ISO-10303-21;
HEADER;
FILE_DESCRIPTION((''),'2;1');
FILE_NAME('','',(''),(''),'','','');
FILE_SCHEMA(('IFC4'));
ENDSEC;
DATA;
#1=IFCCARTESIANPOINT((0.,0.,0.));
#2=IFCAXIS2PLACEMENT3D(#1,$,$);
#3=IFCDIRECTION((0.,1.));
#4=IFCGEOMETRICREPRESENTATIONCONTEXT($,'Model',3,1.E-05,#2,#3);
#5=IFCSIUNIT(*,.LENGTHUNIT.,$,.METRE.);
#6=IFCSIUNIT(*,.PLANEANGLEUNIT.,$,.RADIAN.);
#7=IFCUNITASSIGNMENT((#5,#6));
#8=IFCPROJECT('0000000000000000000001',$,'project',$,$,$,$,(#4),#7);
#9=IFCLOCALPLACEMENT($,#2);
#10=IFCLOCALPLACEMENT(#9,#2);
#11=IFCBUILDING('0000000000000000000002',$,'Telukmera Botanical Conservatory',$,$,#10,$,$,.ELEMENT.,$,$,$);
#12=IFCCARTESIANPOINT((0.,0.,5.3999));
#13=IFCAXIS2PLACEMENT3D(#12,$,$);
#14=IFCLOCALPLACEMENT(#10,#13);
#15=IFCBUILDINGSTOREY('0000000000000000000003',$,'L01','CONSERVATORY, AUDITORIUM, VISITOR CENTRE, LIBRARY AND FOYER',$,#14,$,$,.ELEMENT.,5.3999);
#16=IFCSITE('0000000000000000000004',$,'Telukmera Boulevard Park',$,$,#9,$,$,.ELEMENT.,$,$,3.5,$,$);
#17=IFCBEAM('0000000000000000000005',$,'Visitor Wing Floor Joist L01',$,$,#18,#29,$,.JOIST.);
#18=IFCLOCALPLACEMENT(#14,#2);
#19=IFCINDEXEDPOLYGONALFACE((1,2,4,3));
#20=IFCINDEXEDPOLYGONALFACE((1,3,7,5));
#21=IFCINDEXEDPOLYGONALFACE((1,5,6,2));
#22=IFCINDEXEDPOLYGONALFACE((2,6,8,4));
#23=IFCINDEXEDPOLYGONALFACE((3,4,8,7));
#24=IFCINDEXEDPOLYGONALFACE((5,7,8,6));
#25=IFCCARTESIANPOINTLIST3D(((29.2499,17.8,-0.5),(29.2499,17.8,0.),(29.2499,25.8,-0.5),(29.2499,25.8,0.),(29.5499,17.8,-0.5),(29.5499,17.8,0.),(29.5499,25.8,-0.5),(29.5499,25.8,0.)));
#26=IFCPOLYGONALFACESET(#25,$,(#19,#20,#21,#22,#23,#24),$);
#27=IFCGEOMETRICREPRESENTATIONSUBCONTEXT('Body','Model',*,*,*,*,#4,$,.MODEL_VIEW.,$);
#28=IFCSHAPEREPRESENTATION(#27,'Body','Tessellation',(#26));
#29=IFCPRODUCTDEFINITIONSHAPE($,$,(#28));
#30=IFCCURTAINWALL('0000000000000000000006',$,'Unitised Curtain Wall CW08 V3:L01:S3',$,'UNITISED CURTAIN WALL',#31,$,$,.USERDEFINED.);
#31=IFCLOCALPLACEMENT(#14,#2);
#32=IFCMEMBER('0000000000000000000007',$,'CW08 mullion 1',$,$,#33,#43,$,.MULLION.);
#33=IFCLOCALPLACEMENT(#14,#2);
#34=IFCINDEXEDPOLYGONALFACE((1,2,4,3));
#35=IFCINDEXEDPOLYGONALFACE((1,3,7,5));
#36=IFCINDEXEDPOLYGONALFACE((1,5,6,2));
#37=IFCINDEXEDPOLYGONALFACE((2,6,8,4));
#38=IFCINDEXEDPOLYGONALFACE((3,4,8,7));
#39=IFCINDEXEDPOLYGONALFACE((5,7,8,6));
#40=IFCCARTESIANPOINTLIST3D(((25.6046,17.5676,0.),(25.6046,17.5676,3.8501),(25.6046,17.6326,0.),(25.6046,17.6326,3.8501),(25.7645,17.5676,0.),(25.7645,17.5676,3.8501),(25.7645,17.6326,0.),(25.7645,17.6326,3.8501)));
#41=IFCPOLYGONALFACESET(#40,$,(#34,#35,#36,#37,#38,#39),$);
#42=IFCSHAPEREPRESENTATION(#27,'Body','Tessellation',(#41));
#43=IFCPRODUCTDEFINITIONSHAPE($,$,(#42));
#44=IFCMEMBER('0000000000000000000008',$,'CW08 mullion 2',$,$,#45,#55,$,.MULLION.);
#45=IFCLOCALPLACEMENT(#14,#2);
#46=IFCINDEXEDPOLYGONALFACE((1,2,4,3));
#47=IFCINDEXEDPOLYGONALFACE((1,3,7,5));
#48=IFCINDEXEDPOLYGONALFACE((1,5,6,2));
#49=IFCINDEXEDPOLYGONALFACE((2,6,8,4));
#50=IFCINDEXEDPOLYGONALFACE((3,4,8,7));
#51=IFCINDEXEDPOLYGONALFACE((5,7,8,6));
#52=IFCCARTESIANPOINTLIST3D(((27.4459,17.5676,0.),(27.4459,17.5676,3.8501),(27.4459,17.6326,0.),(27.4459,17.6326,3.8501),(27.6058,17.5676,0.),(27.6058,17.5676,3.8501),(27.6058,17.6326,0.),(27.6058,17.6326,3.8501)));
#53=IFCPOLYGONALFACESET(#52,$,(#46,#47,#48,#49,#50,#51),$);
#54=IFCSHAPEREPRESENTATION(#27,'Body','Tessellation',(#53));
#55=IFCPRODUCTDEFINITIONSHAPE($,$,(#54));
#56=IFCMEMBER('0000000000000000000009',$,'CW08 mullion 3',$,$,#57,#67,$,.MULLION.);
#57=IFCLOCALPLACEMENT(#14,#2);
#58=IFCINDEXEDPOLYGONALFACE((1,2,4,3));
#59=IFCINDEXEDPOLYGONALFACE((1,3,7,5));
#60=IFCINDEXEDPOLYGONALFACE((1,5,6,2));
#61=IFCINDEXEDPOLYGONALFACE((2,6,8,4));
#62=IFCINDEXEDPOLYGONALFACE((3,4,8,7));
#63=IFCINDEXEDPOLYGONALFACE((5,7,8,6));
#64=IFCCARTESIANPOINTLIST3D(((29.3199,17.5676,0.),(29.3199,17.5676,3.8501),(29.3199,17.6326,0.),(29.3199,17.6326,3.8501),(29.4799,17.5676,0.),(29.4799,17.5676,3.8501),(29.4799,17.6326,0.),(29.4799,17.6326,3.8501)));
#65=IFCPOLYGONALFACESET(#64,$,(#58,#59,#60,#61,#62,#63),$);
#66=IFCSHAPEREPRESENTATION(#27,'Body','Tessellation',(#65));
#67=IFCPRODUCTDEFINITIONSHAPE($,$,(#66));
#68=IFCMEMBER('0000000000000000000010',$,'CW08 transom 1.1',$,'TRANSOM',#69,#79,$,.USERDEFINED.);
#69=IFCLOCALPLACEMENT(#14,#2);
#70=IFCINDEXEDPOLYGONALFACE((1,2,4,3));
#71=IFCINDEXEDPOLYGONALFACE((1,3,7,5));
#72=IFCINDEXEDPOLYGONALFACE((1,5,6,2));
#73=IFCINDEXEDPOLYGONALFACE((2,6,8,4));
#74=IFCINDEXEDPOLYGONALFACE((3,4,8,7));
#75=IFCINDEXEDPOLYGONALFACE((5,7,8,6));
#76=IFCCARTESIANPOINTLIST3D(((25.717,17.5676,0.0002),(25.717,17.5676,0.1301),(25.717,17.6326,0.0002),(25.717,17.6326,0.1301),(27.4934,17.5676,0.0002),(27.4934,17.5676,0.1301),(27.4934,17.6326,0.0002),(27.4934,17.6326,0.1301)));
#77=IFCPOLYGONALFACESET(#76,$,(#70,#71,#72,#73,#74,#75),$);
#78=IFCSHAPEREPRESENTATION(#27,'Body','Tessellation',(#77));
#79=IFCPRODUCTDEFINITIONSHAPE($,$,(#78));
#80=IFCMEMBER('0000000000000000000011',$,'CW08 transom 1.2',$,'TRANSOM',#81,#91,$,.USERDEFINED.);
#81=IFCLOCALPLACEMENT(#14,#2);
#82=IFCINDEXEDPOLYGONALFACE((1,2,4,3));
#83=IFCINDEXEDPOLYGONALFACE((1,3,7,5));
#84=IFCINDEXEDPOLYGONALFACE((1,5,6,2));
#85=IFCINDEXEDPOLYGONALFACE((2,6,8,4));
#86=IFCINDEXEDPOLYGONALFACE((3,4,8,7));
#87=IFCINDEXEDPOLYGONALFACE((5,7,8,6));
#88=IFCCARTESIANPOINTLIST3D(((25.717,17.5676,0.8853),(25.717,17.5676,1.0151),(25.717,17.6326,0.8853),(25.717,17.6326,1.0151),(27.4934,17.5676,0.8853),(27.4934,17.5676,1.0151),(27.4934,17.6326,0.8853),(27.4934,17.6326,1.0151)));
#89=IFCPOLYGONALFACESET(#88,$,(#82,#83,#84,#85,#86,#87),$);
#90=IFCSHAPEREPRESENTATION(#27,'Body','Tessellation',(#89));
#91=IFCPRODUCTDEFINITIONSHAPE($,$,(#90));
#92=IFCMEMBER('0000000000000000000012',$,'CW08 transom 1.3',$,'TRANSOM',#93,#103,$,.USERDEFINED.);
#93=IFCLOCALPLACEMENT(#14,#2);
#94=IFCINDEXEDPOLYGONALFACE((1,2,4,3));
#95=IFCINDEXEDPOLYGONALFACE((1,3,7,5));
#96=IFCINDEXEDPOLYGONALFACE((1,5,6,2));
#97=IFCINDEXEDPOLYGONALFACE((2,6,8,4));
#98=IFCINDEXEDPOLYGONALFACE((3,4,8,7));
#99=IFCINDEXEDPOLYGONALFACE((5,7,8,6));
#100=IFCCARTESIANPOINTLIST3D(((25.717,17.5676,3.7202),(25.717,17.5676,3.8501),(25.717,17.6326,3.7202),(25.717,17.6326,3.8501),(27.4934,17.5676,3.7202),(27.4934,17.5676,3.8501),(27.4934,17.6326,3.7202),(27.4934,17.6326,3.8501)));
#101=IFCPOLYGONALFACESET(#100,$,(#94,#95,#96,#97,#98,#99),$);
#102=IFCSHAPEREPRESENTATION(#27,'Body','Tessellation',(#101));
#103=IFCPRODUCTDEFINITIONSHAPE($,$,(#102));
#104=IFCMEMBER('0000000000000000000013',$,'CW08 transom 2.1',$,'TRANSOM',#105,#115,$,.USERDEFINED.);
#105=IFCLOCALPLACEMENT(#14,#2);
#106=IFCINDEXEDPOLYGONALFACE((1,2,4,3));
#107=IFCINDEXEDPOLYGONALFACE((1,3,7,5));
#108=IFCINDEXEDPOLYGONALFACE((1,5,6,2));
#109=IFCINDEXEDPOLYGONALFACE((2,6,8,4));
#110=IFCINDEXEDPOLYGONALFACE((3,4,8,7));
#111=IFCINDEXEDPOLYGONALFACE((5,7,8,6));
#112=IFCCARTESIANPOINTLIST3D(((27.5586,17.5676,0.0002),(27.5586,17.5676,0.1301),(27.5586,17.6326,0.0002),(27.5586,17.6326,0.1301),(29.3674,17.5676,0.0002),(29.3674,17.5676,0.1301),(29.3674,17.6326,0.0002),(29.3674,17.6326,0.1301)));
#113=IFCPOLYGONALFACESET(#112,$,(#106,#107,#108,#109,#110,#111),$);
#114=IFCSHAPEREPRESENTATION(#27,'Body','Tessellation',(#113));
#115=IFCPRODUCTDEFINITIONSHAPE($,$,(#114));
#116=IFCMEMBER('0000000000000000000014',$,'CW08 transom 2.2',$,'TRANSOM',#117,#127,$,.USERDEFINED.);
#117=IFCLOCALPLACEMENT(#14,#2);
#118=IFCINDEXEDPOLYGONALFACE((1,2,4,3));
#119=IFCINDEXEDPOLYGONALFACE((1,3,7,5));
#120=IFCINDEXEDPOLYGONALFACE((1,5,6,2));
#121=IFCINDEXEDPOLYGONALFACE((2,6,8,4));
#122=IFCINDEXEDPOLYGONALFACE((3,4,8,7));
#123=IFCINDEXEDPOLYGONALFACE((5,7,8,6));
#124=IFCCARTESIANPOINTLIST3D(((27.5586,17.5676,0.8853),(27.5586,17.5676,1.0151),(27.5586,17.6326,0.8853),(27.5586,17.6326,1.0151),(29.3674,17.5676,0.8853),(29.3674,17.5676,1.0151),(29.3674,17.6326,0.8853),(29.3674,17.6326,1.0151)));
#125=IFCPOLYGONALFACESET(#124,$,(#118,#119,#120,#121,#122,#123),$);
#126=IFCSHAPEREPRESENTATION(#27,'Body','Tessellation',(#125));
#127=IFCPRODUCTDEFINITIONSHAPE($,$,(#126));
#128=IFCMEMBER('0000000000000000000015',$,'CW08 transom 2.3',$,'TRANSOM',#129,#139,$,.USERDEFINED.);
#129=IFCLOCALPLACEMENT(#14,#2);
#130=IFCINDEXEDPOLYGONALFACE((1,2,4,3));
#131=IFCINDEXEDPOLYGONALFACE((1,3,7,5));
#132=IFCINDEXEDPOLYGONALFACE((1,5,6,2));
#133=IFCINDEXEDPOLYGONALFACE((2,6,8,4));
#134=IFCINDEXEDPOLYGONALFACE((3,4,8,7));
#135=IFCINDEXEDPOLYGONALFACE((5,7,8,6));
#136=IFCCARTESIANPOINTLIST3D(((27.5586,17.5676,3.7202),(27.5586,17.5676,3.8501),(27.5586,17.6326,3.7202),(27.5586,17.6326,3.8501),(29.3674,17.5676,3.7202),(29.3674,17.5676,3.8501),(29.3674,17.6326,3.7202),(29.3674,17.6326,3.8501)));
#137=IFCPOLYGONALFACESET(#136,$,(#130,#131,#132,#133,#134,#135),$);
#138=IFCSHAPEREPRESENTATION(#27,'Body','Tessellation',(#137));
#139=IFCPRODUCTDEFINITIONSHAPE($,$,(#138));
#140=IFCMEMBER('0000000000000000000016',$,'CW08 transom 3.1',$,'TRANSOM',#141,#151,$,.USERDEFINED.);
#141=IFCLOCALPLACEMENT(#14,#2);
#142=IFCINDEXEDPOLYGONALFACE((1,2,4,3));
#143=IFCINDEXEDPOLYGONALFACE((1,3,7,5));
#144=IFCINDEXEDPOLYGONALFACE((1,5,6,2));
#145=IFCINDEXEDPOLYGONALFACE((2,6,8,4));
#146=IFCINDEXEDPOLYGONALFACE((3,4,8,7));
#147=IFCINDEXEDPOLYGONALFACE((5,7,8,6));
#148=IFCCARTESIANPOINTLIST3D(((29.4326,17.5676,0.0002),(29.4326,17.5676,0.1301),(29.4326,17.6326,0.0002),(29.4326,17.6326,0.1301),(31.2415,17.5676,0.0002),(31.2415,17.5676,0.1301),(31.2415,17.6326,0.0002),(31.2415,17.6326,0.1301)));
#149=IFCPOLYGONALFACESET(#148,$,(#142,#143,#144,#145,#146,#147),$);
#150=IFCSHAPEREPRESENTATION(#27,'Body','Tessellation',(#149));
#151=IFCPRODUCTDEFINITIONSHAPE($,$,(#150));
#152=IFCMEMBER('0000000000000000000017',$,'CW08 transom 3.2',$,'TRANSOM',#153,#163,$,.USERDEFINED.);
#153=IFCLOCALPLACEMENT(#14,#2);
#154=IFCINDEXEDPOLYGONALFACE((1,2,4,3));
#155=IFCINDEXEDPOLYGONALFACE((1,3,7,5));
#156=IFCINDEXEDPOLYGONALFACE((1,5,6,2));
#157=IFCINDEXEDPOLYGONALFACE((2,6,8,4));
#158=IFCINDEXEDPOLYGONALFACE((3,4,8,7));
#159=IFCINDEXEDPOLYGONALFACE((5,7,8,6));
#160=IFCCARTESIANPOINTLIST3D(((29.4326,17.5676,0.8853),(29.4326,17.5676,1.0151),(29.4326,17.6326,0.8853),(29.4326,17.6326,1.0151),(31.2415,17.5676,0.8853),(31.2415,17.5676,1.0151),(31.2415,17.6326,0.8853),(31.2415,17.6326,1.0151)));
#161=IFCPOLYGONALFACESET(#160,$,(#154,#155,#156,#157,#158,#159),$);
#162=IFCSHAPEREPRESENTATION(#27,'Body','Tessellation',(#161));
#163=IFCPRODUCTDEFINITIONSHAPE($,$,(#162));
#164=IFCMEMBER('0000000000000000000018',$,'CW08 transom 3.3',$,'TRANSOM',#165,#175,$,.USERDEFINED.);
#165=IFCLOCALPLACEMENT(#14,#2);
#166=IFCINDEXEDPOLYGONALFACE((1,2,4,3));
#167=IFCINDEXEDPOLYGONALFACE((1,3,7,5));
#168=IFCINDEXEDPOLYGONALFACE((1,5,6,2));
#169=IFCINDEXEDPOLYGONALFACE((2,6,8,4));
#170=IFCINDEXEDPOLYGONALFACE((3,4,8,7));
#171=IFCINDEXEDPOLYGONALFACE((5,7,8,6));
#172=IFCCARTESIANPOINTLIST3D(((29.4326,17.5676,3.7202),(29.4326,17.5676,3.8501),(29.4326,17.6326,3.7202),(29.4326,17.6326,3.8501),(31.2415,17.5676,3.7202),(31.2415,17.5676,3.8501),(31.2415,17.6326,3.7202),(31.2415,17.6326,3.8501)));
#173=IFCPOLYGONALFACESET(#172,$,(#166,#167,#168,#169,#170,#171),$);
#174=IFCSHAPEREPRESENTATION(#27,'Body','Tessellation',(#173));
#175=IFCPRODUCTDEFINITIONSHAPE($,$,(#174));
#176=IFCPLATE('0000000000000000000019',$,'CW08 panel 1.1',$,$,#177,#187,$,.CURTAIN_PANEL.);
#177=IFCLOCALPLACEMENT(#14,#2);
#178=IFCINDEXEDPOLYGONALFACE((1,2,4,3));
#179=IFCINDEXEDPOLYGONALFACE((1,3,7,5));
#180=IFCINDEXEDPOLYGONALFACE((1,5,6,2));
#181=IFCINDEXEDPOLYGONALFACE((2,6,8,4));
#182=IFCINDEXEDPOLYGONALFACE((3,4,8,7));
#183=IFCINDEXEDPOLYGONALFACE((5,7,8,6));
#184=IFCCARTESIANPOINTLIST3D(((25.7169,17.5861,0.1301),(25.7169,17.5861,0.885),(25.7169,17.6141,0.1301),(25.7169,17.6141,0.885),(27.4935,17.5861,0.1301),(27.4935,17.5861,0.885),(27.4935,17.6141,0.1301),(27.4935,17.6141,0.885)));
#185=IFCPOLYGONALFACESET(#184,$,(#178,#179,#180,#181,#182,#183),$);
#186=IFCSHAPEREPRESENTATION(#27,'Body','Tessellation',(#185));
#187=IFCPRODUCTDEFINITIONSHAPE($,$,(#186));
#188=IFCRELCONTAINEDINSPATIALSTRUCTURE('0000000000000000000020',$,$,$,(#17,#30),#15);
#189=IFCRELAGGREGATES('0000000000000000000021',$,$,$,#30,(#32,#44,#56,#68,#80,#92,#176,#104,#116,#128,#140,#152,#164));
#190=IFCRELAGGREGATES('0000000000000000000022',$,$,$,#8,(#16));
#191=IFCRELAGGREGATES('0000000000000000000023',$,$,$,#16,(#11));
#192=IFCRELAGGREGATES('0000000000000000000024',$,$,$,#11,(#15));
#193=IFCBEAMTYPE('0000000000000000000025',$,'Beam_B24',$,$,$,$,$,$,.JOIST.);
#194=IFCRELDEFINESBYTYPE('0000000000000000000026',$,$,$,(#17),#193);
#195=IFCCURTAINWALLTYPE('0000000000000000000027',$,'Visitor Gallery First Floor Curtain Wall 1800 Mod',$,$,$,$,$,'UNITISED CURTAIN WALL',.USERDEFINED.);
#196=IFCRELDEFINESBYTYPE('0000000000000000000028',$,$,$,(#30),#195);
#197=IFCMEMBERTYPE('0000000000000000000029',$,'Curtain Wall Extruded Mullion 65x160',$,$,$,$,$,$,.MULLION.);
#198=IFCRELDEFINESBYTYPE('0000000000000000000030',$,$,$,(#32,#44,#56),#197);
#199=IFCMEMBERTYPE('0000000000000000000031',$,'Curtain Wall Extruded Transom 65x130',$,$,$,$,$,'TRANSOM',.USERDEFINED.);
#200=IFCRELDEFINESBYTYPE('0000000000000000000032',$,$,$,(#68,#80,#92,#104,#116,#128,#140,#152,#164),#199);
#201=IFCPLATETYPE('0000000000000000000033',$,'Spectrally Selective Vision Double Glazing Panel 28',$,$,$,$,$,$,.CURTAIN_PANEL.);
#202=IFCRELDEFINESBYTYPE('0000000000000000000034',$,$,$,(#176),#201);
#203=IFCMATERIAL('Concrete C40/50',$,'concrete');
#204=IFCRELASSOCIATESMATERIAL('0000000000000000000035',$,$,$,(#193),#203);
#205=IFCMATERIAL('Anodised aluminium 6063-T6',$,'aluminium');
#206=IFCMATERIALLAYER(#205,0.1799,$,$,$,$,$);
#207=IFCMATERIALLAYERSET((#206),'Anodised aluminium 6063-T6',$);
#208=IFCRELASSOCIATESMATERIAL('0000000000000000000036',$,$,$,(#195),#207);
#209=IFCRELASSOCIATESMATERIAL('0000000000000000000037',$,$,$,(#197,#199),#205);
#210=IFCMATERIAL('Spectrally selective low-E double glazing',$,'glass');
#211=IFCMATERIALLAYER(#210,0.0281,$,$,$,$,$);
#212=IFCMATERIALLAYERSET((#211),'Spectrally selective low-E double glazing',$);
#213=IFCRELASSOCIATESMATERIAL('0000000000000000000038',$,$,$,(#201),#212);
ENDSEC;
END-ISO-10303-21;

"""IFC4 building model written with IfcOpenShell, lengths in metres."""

from ifc_helpers import new_model, si_unit, direction, frame, origin, origin_2d, place, context, subcontext, project, spatial, rectangle, extrude, material, layer, layer_set, material_profile, profile_set, type_object, element, aggregate, save


model = new_model("IFC4")

# Units and contexts
model_context = context("Model", 3, precision=1e-05, world=origin(), true_north=direction((0.0, 1.0)))
body_context = subcontext(model_context, "Body", "Model", "MODEL_VIEW")
ifc_project = project(units=[si_unit("LENGTHUNIT", "METRE"), si_unit("PLANEANGLEUNIT", "RADIAN")], contexts=[model_context])

# Site, building, storey
site_placement = place(None, origin())
site = spatial("IfcSite", under=ifc_project, at=site_placement, Name="Telukmera Boulevard Park", CompositionType="ELEMENT", RefElevation=3.5)
building_placement = place(site_placement, origin())
building = spatial("IfcBuilding", under=site, at=building_placement, Name="Telukmera Botanical Conservatory", CompositionType="ELEMENT")
storey_placement = place(building_placement, frame((0.0, 0.0, 5.3999)))
storey = spatial("IfcBuildingStorey", under=building, at=storey_placement, Name="L01", Description="CONSERVATORY, AUDITORIUM, VISITOR CENTRE, LIBRARY AND FOYER", CompositionType="ELEMENT", Elevation=5.3999)

# Beam
ifc_material_1 = material(Name="Concrete C40/50", Category="concrete")
ifc_material_profile_1 = material_profile(ifc_material_1, rectangle(XDim=0.3, YDim=0.5, at=origin_2d()), Name="RC 300x500")
ifc_profile_set_1 = profile_set([ifc_material_profile_1], Name="Concrete C40/50")
beam_type = type_object("IfcBeamType", Name="Beam_B24", PredefinedType="JOIST", material=ifc_profile_set_1)
beam_placement = place(storey_placement, frame((29.3999, 17.8, -0.25), z_axis=(0.0, 1.0, 0.0), x_axis=(-1.0, 0.0, 0.0)))
element("IfcBeam", 1, at=beam_placement, inside=storey, type_object=beam_type, Name="Visitor Wing Floor Joist L01", PredefinedType="JOIST", context=body_context, shape_type="SweptSolid", body=[
    extrude(rectangle(XDim=0.3, YDim=0.5, at=origin_2d()), origin(), (0.0, 0.0, 1.0), 8.0),
])

# Curtain wall, members, plate
ifc_material_2 = material(Name="Anodised aluminium 6063-T6", Category="aluminium")
ifc_layer_1 = layer(ifc_material_2, 0.1799)
ifc_layer_set_1 = layer_set([ifc_layer_1], Name="Anodised aluminium 6063-T6")
curtain_wall_type = type_object("IfcCurtainWallType", Name="Visitor Gallery First Floor Curtain Wall 1800 Mod", ElementType="UNITISED CURTAIN WALL", PredefinedType="USERDEFINED", material=ifc_layer_set_1)
curtain_wall_placement = place(storey_placement, origin())
curtain_wall = element("IfcCurtainWall", 2, at=curtain_wall_placement, inside=storey, type_object=curtain_wall_type, Name="Unitised Curtain Wall CW08 V3:L01:S3", ObjectType="UNITISED CURTAIN WALL", PredefinedType="USERDEFINED")
ifc_material_profile_2 = material_profile(ifc_material_2, rectangle(XDim=0.0649, YDim=0.1599, at=origin_2d()), Name="ALU MULL 65x160")
ifc_profile_set_2 = profile_set([ifc_material_profile_2], Name="Anodised aluminium 6063-T6")
member_type_1 = type_object("IfcMemberType", Name="Curtain Wall Extruded Mullion 65x160", PredefinedType="MULLION", material=ifc_profile_set_2)
member_1_placement = place(storey_placement, frame((25.6846, 17.6001, 0.0), z_axis=(0.0, 0.0, 1.0), x_axis=(0.0, 1.0, 0.0)))
member_1 = element("IfcMember", 3, at=member_1_placement, type_object=member_type_1, Name="CW08 mullion 1", PredefinedType="MULLION", context=body_context, shape_type="SweptSolid", body=[
    extrude(rectangle(XDim=0.0649, YDim=0.1599, at=origin_2d()), origin(), (0.0, 0.0, 1.0), 3.8501),
])
member_2_placement = place(storey_placement, frame((27.5259, 17.6001, 0.0), z_axis=(0.0, 0.0, 1.0), x_axis=(0.0, 1.0, 0.0)))
member_2 = element("IfcMember", 4, at=member_2_placement, type_object=member_type_1, Name="CW08 mullion 2", PredefinedType="MULLION", context=body_context, shape_type="SweptSolid", body=[
    extrude(rectangle(XDim=0.0649, YDim=0.1599, at=origin_2d()), origin(), (0.0, 0.0, 1.0), 3.8501),
])
member_3_placement = place(storey_placement, frame((29.3999, 17.6001, 0.0), z_axis=(0.0, 0.0, 1.0), x_axis=(0.0, 1.0, 0.0)))
member_3 = element("IfcMember", 5, at=member_3_placement, type_object=member_type_1, Name="CW08 mullion 3", PredefinedType="MULLION", context=body_context, shape_type="SweptSolid", body=[
    extrude(rectangle(XDim=0.0649, YDim=0.1599, at=origin_2d()), origin(), (0.0, 0.0, 1.0), 3.8501),
])
ifc_material_profile_3 = material_profile(ifc_material_2, rectangle(XDim=0.0649, YDim=0.1299, at=origin_2d()), Name="ALU TRAN 65x130")
ifc_profile_set_3 = profile_set([ifc_material_profile_3], Name="Anodised aluminium 6063-T6")
member_type_2 = type_object("IfcMemberType", Name="Curtain Wall Extruded Transom 65x130", ElementType="TRANSOM", PredefinedType="USERDEFINED", material=ifc_profile_set_3)
member_4_placement = place(storey_placement, frame((25.717, 17.6001, 0.0652), z_axis=(1.0, 0.0, 0.0), x_axis=(0.0, 1.0, 0.0)))
member_4 = element("IfcMember", 6, at=member_4_placement, type_object=member_type_2, Name="CW08 transom 1.1", ObjectType="TRANSOM", PredefinedType="USERDEFINED", context=body_context, shape_type="SweptSolid", body=[
    extrude(rectangle(XDim=0.0649, YDim=0.1299, at=origin_2d()), origin(), (0.0, 0.0, 1.0), 1.7764),
])
member_5_placement = place(storey_placement, frame((25.717, 17.6001, 0.9502), z_axis=(1.0, 0.0, 0.0), x_axis=(0.0, 1.0, 0.0)))
member_5 = element("IfcMember", 7, at=member_5_placement, type_object=member_type_2, Name="CW08 transom 1.2", ObjectType="TRANSOM", PredefinedType="USERDEFINED", context=body_context, shape_type="SweptSolid", body=[
    extrude(rectangle(XDim=0.0649, YDim=0.1299, at=origin_2d()), origin(), (0.0, 0.0, 1.0), 1.7764),
])
member_6_placement = place(storey_placement, frame((25.717, 17.6001, 3.7852), z_axis=(1.0, 0.0, 0.0), x_axis=(0.0, 1.0, 0.0)))
member_6 = element("IfcMember", 8, at=member_6_placement, type_object=member_type_2, Name="CW08 transom 1.3", ObjectType="TRANSOM", PredefinedType="USERDEFINED", context=body_context, shape_type="SweptSolid", body=[
    extrude(rectangle(XDim=0.0649, YDim=0.1299, at=origin_2d()), origin(), (0.0, 0.0, 1.0), 1.7764),
])
member_7_placement = place(storey_placement, frame((27.5586, 17.6001, 0.0652), z_axis=(1.0, 0.0, 0.0), x_axis=(0.0, 1.0, 0.0)))
member_7 = element("IfcMember", 9, at=member_7_placement, type_object=member_type_2, Name="CW08 transom 2.1", ObjectType="TRANSOM", PredefinedType="USERDEFINED", context=body_context, shape_type="SweptSolid", body=[
    extrude(rectangle(XDim=0.0649, YDim=0.1299, at=origin_2d()), origin(), (0.0, 0.0, 1.0), 1.8088),
])
member_8_placement = place(storey_placement, frame((27.5586, 17.6001, 0.9502), z_axis=(1.0, 0.0, 0.0), x_axis=(0.0, 1.0, 0.0)))
member_8 = element("IfcMember", 10, at=member_8_placement, type_object=member_type_2, Name="CW08 transom 2.2", ObjectType="TRANSOM", PredefinedType="USERDEFINED", context=body_context, shape_type="SweptSolid", body=[
    extrude(rectangle(XDim=0.0649, YDim=0.1299, at=origin_2d()), origin(), (0.0, 0.0, 1.0), 1.8088),
])
member_9_placement = place(storey_placement, frame((27.5586, 17.6001, 3.7852), z_axis=(1.0, 0.0, 0.0), x_axis=(0.0, 1.0, 0.0)))
member_9 = element("IfcMember", 11, at=member_9_placement, type_object=member_type_2, Name="CW08 transom 2.3", ObjectType="TRANSOM", PredefinedType="USERDEFINED", context=body_context, shape_type="SweptSolid", body=[
    extrude(rectangle(XDim=0.0649, YDim=0.1299, at=origin_2d()), origin(), (0.0, 0.0, 1.0), 1.8088),
])
member_10_placement = place(storey_placement, frame((29.4326, 17.6001, 0.0652), z_axis=(1.0, 0.0, 0.0), x_axis=(0.0, 1.0, 0.0)))
member_10 = element("IfcMember", 12, at=member_10_placement, type_object=member_type_2, Name="CW08 transom 3.1", ObjectType="TRANSOM", PredefinedType="USERDEFINED", context=body_context, shape_type="SweptSolid", body=[
    extrude(rectangle(XDim=0.0649, YDim=0.1299, at=origin_2d()), origin(), (0.0, 0.0, 1.0), 1.8088),
])
member_11_placement = place(storey_placement, frame((29.4326, 17.6001, 0.9502), z_axis=(1.0, 0.0, 0.0), x_axis=(0.0, 1.0, 0.0)))
member_11 = element("IfcMember", 13, at=member_11_placement, type_object=member_type_2, Name="CW08 transom 3.2", ObjectType="TRANSOM", PredefinedType="USERDEFINED", context=body_context, shape_type="SweptSolid", body=[
    extrude(rectangle(XDim=0.0649, YDim=0.1299, at=origin_2d()), origin(), (0.0, 0.0, 1.0), 1.8088),
])
member_12_placement = place(storey_placement, frame((29.4326, 17.6001, 3.7852), z_axis=(1.0, 0.0, 0.0), x_axis=(0.0, 1.0, 0.0)))
member_12 = element("IfcMember", 14, at=member_12_placement, type_object=member_type_2, Name="CW08 transom 3.3", ObjectType="TRANSOM", PredefinedType="USERDEFINED", context=body_context, shape_type="SweptSolid", body=[
    extrude(rectangle(XDim=0.0649, YDim=0.1299, at=origin_2d()), origin(), (0.0, 0.0, 1.0), 1.8088),
])
ifc_material_3 = material(Name="Spectrally selective low-E double glazing", Category="glass")
ifc_layer_2 = layer(ifc_material_3, 0.0281)
ifc_layer_set_2 = layer_set([ifc_layer_2], Name="Spectrally selective low-E double glazing")
plate_type = type_object("IfcPlateType", Name="Spectrally Selective Vision Double Glazing Panel 28", PredefinedType="CURTAIN_PANEL", material=ifc_layer_set_2)
plate_1_placement = place(storey_placement, frame((26.6052, 17.6001, 0.1301), z_axis=(0.0, 0.0, 1.0), x_axis=(1.0, 0.0, 0.0)))
plate_1 = element("IfcPlate", 15, at=plate_1_placement, type_object=plate_type, Name="CW08 panel 1.1", PredefinedType="CURTAIN_PANEL", context=body_context, shape_type="SweptSolid", body=[
    extrude(rectangle(XDim=1.7766, YDim=0.0281, at=origin_2d()), origin(), (0.0, 0.0, 1.0), 0.7549),
])
aggregate(curtain_wall, [member_1, member_2, member_3, member_4, member_5, member_6, plate_1, member_7, member_8, member_9, member_10, member_11, member_12])

save(model, "model.ifc")
